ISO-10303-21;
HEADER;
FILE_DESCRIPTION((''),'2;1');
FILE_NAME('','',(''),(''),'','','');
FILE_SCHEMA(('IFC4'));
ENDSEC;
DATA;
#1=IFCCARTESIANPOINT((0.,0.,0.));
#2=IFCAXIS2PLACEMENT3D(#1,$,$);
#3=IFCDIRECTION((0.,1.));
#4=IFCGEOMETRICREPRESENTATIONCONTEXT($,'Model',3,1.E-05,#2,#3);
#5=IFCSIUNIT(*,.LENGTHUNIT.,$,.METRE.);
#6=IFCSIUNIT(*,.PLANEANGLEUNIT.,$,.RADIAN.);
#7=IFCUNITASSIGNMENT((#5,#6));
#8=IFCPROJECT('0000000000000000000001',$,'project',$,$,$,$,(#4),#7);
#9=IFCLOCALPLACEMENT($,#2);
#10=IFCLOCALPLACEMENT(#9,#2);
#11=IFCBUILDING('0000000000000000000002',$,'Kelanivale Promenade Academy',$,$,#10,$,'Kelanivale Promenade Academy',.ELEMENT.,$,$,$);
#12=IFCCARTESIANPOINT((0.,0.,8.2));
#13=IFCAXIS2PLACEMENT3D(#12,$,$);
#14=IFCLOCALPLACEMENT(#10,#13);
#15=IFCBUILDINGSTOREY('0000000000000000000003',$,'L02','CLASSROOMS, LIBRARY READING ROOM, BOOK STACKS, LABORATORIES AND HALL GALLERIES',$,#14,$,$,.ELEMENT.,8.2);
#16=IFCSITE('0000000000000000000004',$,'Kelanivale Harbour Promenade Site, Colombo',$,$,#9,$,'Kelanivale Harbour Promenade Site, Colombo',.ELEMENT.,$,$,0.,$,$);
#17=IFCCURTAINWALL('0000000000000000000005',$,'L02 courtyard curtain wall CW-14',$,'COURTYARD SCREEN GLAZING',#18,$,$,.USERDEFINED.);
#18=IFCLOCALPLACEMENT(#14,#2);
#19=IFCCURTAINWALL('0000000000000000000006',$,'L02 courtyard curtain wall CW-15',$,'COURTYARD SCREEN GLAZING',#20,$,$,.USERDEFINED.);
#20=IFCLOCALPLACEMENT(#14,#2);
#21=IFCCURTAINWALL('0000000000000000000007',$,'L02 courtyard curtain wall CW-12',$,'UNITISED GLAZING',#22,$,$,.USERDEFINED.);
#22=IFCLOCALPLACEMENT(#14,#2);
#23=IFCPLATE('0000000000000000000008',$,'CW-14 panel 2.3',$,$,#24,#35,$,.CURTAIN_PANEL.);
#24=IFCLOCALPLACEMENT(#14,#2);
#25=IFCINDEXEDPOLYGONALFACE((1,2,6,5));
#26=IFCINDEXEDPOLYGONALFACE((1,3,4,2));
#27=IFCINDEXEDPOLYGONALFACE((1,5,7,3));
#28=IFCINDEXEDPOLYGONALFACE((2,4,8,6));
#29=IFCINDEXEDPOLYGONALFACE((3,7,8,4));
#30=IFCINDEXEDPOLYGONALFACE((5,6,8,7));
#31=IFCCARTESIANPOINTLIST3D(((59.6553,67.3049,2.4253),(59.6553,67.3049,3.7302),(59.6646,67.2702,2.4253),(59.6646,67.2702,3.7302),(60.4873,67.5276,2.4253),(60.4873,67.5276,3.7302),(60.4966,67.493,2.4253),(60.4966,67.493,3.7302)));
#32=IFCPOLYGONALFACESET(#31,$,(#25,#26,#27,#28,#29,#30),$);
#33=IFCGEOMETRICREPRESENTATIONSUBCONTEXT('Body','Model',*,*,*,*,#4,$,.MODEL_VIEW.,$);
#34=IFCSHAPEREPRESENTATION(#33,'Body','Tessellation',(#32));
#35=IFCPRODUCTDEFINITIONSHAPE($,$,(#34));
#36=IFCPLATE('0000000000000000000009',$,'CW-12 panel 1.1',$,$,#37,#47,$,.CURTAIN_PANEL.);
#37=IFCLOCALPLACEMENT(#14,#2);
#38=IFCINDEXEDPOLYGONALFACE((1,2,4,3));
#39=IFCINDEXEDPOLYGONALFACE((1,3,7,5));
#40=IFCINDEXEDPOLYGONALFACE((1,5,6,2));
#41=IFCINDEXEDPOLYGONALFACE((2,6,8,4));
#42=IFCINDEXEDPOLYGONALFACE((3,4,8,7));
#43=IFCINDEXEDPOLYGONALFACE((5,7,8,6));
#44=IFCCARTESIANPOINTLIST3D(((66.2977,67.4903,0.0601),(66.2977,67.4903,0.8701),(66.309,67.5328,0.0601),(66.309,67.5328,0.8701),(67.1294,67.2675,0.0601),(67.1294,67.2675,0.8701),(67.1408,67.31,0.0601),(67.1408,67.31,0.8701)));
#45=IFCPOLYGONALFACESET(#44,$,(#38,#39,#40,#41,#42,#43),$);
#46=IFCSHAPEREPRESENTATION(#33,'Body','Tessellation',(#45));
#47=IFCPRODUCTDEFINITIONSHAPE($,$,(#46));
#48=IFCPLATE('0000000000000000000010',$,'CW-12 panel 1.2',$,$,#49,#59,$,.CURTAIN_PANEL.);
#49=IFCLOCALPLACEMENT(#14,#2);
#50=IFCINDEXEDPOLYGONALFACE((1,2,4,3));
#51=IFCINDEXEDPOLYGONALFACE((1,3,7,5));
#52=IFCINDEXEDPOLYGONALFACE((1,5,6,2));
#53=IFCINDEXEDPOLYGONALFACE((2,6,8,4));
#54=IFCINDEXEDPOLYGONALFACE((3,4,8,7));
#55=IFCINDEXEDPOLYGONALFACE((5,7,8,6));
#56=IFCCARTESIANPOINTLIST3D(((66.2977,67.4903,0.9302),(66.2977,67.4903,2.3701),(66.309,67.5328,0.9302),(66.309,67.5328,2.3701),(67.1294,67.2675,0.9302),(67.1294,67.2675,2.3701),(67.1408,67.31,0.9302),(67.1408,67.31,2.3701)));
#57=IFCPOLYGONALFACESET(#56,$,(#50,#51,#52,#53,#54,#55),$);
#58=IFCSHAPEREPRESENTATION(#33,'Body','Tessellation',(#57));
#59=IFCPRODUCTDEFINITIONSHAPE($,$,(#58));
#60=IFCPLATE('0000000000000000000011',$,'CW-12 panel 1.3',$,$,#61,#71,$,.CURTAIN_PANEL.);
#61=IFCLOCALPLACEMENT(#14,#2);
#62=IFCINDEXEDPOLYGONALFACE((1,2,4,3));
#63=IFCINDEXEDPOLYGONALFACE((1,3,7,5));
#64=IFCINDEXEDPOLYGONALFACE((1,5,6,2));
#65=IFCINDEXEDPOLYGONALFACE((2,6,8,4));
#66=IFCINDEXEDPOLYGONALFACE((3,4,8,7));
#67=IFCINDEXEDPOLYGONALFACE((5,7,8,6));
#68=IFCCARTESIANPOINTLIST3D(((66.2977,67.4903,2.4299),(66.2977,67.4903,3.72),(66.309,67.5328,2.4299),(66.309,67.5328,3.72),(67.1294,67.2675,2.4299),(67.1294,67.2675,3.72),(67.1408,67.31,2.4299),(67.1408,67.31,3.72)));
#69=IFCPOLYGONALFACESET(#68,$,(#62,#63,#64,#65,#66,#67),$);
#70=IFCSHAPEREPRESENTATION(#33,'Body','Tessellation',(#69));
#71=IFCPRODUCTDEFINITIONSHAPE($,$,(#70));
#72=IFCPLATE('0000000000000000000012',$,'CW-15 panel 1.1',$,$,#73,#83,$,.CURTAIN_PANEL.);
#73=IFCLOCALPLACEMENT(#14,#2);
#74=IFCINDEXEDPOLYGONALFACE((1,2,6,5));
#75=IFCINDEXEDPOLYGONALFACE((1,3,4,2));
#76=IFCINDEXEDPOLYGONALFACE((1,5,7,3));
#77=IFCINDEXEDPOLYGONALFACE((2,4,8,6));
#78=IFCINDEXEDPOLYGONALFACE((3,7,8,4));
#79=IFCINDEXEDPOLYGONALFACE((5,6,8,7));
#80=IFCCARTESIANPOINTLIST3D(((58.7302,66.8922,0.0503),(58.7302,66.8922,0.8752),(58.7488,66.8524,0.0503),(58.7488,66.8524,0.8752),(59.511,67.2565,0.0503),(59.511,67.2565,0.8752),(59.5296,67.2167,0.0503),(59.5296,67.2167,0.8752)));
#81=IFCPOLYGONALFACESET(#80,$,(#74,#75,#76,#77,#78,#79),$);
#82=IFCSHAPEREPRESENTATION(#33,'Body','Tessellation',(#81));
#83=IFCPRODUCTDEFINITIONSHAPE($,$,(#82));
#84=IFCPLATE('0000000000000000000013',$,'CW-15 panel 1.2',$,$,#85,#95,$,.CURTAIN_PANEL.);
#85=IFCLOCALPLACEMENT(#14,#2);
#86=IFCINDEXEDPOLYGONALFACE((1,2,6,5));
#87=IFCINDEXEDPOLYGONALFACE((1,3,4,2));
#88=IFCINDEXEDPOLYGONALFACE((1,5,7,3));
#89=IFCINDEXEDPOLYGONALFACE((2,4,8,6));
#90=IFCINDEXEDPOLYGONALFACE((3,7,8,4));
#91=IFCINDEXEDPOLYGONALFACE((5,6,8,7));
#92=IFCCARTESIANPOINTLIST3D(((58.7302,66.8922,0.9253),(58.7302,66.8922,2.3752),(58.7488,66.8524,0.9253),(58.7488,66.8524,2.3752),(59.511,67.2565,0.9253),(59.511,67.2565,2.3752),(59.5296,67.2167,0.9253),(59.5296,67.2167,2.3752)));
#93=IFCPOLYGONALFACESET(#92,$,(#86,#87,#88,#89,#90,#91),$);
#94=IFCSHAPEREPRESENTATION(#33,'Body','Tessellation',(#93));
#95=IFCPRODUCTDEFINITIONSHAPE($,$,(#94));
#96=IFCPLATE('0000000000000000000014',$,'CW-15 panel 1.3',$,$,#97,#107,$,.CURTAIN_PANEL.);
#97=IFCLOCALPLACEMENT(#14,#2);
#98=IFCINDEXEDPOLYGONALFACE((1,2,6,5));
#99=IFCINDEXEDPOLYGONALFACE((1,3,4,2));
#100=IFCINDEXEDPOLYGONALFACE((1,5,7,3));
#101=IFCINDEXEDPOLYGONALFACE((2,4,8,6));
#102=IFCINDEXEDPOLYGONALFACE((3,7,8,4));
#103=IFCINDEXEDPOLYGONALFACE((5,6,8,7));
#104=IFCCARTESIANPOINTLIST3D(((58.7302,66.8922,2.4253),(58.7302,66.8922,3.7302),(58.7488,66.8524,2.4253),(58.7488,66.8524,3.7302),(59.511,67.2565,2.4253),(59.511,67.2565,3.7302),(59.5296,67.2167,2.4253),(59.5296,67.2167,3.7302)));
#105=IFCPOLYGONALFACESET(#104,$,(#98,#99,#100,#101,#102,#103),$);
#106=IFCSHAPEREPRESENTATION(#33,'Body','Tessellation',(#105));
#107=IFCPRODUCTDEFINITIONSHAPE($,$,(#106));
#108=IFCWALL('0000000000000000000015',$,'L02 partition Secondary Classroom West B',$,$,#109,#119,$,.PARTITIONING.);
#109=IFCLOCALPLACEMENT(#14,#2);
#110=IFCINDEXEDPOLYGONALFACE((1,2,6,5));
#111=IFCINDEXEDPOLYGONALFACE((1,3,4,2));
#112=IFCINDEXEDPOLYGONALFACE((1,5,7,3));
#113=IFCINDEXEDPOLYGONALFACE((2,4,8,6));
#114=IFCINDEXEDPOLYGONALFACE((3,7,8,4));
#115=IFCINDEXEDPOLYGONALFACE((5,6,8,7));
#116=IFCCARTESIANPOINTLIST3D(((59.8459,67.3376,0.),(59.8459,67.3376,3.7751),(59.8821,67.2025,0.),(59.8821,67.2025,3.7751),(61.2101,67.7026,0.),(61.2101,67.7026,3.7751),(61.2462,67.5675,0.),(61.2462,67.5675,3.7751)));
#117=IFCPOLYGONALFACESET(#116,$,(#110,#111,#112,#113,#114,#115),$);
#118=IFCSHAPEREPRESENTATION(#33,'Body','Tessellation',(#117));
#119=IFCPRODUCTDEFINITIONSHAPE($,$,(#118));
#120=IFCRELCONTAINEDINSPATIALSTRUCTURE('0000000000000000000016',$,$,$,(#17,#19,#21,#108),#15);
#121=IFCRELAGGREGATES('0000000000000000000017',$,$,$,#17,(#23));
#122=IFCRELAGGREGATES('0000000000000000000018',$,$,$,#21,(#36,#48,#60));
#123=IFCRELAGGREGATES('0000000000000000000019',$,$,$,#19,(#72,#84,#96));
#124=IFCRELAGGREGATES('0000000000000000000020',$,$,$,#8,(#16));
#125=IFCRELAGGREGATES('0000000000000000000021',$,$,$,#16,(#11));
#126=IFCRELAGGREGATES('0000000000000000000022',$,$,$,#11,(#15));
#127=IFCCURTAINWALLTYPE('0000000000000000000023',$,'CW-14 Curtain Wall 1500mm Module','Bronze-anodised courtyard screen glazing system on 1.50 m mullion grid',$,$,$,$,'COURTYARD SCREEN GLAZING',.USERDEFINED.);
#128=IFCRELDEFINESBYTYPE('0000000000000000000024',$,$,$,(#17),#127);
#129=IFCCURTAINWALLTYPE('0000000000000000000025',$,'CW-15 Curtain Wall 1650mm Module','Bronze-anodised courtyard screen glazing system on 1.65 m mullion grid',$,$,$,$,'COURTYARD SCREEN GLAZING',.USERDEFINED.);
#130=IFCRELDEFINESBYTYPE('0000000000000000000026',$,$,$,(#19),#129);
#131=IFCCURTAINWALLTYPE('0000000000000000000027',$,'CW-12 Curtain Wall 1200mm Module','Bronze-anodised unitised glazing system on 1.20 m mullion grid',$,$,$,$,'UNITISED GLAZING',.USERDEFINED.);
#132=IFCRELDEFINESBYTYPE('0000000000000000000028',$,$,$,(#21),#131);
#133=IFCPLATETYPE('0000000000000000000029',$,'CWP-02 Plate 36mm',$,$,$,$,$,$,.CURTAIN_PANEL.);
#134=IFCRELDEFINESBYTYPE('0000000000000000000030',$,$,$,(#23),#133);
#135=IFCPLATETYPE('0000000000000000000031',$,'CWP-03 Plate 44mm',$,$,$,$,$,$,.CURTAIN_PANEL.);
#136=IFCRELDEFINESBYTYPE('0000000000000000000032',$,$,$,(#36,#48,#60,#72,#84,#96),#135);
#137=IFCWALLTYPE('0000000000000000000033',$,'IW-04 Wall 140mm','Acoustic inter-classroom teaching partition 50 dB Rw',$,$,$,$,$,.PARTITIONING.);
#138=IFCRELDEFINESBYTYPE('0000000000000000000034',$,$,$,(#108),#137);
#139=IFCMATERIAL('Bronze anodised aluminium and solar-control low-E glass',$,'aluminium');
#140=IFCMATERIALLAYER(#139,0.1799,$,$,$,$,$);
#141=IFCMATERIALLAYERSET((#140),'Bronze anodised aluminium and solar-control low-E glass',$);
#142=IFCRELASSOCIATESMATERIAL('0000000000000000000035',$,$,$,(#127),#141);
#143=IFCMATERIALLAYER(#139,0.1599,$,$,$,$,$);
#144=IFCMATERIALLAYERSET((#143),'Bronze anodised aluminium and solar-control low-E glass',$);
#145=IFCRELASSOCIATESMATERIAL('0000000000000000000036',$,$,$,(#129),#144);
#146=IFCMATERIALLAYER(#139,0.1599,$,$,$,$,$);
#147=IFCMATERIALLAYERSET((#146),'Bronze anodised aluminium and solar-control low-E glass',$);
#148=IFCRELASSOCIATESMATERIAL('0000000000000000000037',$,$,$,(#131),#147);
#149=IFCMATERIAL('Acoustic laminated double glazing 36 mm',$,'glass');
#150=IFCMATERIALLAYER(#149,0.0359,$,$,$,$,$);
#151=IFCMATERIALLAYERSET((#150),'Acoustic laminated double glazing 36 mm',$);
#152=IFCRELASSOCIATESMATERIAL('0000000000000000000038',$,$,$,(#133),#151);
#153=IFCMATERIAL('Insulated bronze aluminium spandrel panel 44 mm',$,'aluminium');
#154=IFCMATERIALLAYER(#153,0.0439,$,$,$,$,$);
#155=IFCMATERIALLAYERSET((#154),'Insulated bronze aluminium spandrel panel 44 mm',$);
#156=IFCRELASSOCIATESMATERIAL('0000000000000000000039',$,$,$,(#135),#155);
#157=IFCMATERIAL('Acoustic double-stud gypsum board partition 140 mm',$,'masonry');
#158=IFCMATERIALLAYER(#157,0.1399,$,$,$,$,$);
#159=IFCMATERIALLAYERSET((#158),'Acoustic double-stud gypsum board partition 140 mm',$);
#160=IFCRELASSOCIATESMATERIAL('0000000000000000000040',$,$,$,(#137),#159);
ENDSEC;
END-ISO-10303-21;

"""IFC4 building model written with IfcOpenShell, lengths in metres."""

from ifc_helpers import new_model, si_unit, direction, frame, frame_2d, origin, origin_2d, place, context, subcontext, project, spatial, rectangle, extrude, material, layer, layer_set, type_object, element, aggregate, save


model = new_model("IFC4")

# Units and contexts
model_context = context("Model", 3, precision=1e-05, world=origin(), true_north=direction((0.0, 1.0)))
body_context = subcontext(model_context, "Body", "Model", "MODEL_VIEW")
ifc_project = project(units=[si_unit("LENGTHUNIT", "METRE"), si_unit("PLANEANGLEUNIT", "RADIAN")], contexts=[model_context])

# Site, building, storey
site_placement = place(None, origin())
site = spatial("IfcSite", under=ifc_project, at=site_placement, Name="Kelanivale Harbour Promenade Site, Colombo", LongName="Kelanivale Harbour Promenade Site, Colombo", CompositionType="ELEMENT", RefElevation=0.0)
building_placement = place(site_placement, origin())
building = spatial("IfcBuilding", under=site, at=building_placement, Name="Kelanivale Promenade Academy", LongName="Kelanivale Promenade Academy", CompositionType="ELEMENT")
storey_placement = place(building_placement, frame((0.0, 0.0, 8.2)))
storey = spatial("IfcBuildingStorey", under=building, at=storey_placement, Name="L02", Description="CLASSROOMS, LIBRARY READING ROOM, BOOK STACKS, LABORATORIES AND HALL GALLERIES", CompositionType="ELEMENT", Elevation=8.2)

# Curtain wall
ifc_material_1 = material(Name="Bronze anodised aluminium and solar-control low-E glass", Category="aluminium")
ifc_layer_1 = layer(ifc_material_1, 0.1799)
ifc_layer_set_1 = layer_set([ifc_layer_1], Name="Bronze anodised aluminium and solar-control low-E glass")
curtain_wall_type_1 = type_object("IfcCurtainWallType", Name="CW-14 Curtain Wall 1500mm Module", Description="Bronze-anodised courtyard screen glazing system on 1.50 m mullion grid", ElementType="COURTYARD SCREEN GLAZING", PredefinedType="USERDEFINED", material=ifc_layer_set_1)
curtain_wall_1_placement = place(storey_placement, origin())
curtain_wall_1 = element("IfcCurtainWall", 1, at=curtain_wall_1_placement, inside=storey, type_object=curtain_wall_type_1, Name="L02 courtyard curtain wall CW-14", ObjectType="COURTYARD SCREEN GLAZING", PredefinedType="USERDEFINED")

# Curtain wall
ifc_layer_2 = layer(ifc_material_1, 0.1599)
ifc_layer_set_2 = layer_set([ifc_layer_2], Name="Bronze anodised aluminium and solar-control low-E glass")
curtain_wall_type_2 = type_object("IfcCurtainWallType", Name="CW-15 Curtain Wall 1650mm Module", Description="Bronze-anodised courtyard screen glazing system on 1.65 m mullion grid", ElementType="COURTYARD SCREEN GLAZING", PredefinedType="USERDEFINED", material=ifc_layer_set_2)
curtain_wall_2_placement = place(storey_placement, origin())
curtain_wall_2 = element("IfcCurtainWall", 2, at=curtain_wall_2_placement, inside=storey, type_object=curtain_wall_type_2, Name="L02 courtyard curtain wall CW-15", ObjectType="COURTYARD SCREEN GLAZING", PredefinedType="USERDEFINED")

# Curtain wall
ifc_layer_3 = layer(ifc_material_1, 0.1599)
ifc_layer_set_3 = layer_set([ifc_layer_3], Name="Bronze anodised aluminium and solar-control low-E glass")
curtain_wall_type_3 = type_object("IfcCurtainWallType", Name="CW-12 Curtain Wall 1200mm Module", Description="Bronze-anodised unitised glazing system on 1.20 m mullion grid", ElementType="UNITISED GLAZING", PredefinedType="USERDEFINED", material=ifc_layer_set_3)
curtain_wall_3_placement = place(storey_placement, origin())
curtain_wall_3 = element("IfcCurtainWall", 3, at=curtain_wall_3_placement, inside=storey, type_object=curtain_wall_type_3, Name="L02 courtyard curtain wall CW-12", ObjectType="UNITISED GLAZING", PredefinedType="USERDEFINED")

# Plates
ifc_material_2 = material(Name="Acoustic laminated double glazing 36 mm", Category="glass")
ifc_layer_4 = layer(ifc_material_2, 0.0359)
ifc_layer_set_4 = layer_set([ifc_layer_4], Name="Acoustic laminated double glazing 36 mm")
plate_type_1 = type_object("IfcPlateType", Name="CWP-02 Plate 36mm", PredefinedType="CURTAIN_PANEL", material=ifc_layer_set_4)
plate_1_placement = place(storey_placement, frame((60.0759, 67.3989, 2.4253), z_axis=(0.0, 0.0, 1.0), x_axis=(-0.96599, -0.258578, 0.0)))
plate_1 = element("IfcPlate", 4, at=plate_1_placement, type_object=plate_type_1, Name="CW-14 panel 2.3", PredefinedType="CURTAIN_PANEL", context=body_context, shape_type="SweptSolid", body=[
    extrude(rectangle(XDim=0.8613, YDim=0.0359, at=origin_2d()), origin(), (0.0, 0.0, 1.0), 1.3049),
])
aggregate(curtain_wall_1, [plate_1])
ifc_material_3 = material(Name="Insulated bronze aluminium spandrel panel 44 mm", Category="aluminium")
ifc_layer_5 = layer(ifc_material_3, 0.0439)
ifc_layer_set_5 = layer_set([ifc_layer_5], Name="Insulated bronze aluminium spandrel panel 44 mm")
plate_type_2 = type_object("IfcPlateType", Name="CWP-03 Plate 44mm", PredefinedType="CURTAIN_PANEL", material=ifc_layer_set_5)
plate_2_placement = place(storey_placement, frame((66.7192, 67.4001, 0.0601), z_axis=(0.0, 0.0, 1.0), x_axis=(-0.965957, 0.258701, 0.0)))
plate_2 = element("IfcPlate", 5, at=plate_2_placement, type_object=plate_type_2, Name="CW-12 panel 1.1", PredefinedType="CURTAIN_PANEL", context=body_context, shape_type="SweptSolid", body=[
    extrude(rectangle(XDim=0.8611, YDim=0.0439, at=origin_2d()), origin(), (0.0, 0.0, 1.0), 0.8101),
])
plate_3_placement = place(storey_placement, frame((66.7192, 67.4001, 0.9302), z_axis=(0.0, 0.0, 1.0), x_axis=(-0.965957, 0.258701, 0.0)))
plate_3 = element("IfcPlate", 6, at=plate_3_placement, type_object=plate_type_2, Name="CW-12 panel 1.2", PredefinedType="CURTAIN_PANEL", context=body_context, shape_type="SweptSolid", body=[
    extrude(rectangle(XDim=0.8611, YDim=0.0439, at=origin_2d()), origin(), (0.0, 0.0, 1.0), 1.4399),
])
plate_4_placement = place(storey_placement, frame((66.7192, 67.4001, 2.4299), z_axis=(0.0, 0.0, 1.0), x_axis=(-0.965957, 0.258701, 0.0)))
plate_4 = element("IfcPlate", 7, at=plate_4_placement, type_object=plate_type_2, Name="CW-12 panel 1.3", PredefinedType="CURTAIN_PANEL", context=body_context, shape_type="SweptSolid", body=[
    extrude(rectangle(XDim=0.8611, YDim=0.0439, at=origin_2d()), origin(), (0.0, 0.0, 1.0), 1.29),
])
aggregate(curtain_wall_3, [plate_2, plate_3, plate_4])
plate_5_placement = place(storey_placement, frame((59.1299, 67.0544, 0.0503), z_axis=(0.0, 0.0, 1.0), x_axis=(-0.906196, -0.422857, 0.0)))
plate_5 = element("IfcPlate", 8, at=plate_5_placement, type_object=plate_type_2, Name="CW-15 panel 1.1", PredefinedType="CURTAIN_PANEL", context=body_context, shape_type="SweptSolid", body=[
    extrude(rectangle(XDim=0.8616, YDim=0.0439, at=origin_2d()), origin(), (0.0, 0.0, 1.0), 0.825),
])
plate_6_placement = place(storey_placement, frame((59.1299, 67.0544, 0.9253), z_axis=(0.0, 0.0, 1.0), x_axis=(-0.906196, -0.422857, 0.0)))
plate_6 = element("IfcPlate", 9, at=plate_6_placement, type_object=plate_type_2, Name="CW-15 panel 1.2", PredefinedType="CURTAIN_PANEL", context=body_context, shape_type="SweptSolid", body=[
    extrude(rectangle(XDim=0.8616, YDim=0.0439, at=origin_2d()), origin(), (0.0, 0.0, 1.0), 1.45),
])
plate_7_placement = place(storey_placement, frame((59.1299, 67.0544, 2.4253), z_axis=(0.0, 0.0, 1.0), x_axis=(-0.906196, -0.422857, 0.0)))
plate_7 = element("IfcPlate", 10, at=plate_7_placement, type_object=plate_type_2, Name="CW-15 panel 1.3", PredefinedType="CURTAIN_PANEL", context=body_context, shape_type="SweptSolid", body=[
    extrude(rectangle(XDim=0.8616, YDim=0.0439, at=origin_2d()), origin(), (0.0, 0.0, 1.0), 1.3049),
])
aggregate(curtain_wall_2, [plate_5, plate_6, plate_7])

# Wall
ifc_material_4 = material(Name="Acoustic double-stud gypsum board partition 140 mm", Category="masonry")
ifc_layer_6 = layer(ifc_material_4, 0.1399)
ifc_layer_set_6 = layer_set([ifc_layer_6], Name="Acoustic double-stud gypsum board partition 140 mm")
wall_type = type_object("IfcWallType", Name="IW-04 Wall 140mm", Description="Acoustic inter-classroom teaching partition 50 dB Rw", PredefinedType="PARTITIONING", material=ifc_layer_set_6)
wall_placement = place(storey_placement, frame((59.864, 67.27, 0.0), z_axis=(0.0, 0.0, 1.0), x_axis=(0.966014, 0.258491, 0.0)))
element("IfcWall", 11, at=wall_placement, inside=storey, type_object=wall_type, Name="L02 partition Secondary Classroom West B", PredefinedType="PARTITIONING", context=body_context, shape_type="SweptSolid", body=[
    extrude(rectangle(XDim=1.4121, YDim=0.1399, at=frame_2d((0.7061, 0.0))), origin(), (0.0, 0.0, 1.0), 3.7751),
])

save(model, "model.ifc")
